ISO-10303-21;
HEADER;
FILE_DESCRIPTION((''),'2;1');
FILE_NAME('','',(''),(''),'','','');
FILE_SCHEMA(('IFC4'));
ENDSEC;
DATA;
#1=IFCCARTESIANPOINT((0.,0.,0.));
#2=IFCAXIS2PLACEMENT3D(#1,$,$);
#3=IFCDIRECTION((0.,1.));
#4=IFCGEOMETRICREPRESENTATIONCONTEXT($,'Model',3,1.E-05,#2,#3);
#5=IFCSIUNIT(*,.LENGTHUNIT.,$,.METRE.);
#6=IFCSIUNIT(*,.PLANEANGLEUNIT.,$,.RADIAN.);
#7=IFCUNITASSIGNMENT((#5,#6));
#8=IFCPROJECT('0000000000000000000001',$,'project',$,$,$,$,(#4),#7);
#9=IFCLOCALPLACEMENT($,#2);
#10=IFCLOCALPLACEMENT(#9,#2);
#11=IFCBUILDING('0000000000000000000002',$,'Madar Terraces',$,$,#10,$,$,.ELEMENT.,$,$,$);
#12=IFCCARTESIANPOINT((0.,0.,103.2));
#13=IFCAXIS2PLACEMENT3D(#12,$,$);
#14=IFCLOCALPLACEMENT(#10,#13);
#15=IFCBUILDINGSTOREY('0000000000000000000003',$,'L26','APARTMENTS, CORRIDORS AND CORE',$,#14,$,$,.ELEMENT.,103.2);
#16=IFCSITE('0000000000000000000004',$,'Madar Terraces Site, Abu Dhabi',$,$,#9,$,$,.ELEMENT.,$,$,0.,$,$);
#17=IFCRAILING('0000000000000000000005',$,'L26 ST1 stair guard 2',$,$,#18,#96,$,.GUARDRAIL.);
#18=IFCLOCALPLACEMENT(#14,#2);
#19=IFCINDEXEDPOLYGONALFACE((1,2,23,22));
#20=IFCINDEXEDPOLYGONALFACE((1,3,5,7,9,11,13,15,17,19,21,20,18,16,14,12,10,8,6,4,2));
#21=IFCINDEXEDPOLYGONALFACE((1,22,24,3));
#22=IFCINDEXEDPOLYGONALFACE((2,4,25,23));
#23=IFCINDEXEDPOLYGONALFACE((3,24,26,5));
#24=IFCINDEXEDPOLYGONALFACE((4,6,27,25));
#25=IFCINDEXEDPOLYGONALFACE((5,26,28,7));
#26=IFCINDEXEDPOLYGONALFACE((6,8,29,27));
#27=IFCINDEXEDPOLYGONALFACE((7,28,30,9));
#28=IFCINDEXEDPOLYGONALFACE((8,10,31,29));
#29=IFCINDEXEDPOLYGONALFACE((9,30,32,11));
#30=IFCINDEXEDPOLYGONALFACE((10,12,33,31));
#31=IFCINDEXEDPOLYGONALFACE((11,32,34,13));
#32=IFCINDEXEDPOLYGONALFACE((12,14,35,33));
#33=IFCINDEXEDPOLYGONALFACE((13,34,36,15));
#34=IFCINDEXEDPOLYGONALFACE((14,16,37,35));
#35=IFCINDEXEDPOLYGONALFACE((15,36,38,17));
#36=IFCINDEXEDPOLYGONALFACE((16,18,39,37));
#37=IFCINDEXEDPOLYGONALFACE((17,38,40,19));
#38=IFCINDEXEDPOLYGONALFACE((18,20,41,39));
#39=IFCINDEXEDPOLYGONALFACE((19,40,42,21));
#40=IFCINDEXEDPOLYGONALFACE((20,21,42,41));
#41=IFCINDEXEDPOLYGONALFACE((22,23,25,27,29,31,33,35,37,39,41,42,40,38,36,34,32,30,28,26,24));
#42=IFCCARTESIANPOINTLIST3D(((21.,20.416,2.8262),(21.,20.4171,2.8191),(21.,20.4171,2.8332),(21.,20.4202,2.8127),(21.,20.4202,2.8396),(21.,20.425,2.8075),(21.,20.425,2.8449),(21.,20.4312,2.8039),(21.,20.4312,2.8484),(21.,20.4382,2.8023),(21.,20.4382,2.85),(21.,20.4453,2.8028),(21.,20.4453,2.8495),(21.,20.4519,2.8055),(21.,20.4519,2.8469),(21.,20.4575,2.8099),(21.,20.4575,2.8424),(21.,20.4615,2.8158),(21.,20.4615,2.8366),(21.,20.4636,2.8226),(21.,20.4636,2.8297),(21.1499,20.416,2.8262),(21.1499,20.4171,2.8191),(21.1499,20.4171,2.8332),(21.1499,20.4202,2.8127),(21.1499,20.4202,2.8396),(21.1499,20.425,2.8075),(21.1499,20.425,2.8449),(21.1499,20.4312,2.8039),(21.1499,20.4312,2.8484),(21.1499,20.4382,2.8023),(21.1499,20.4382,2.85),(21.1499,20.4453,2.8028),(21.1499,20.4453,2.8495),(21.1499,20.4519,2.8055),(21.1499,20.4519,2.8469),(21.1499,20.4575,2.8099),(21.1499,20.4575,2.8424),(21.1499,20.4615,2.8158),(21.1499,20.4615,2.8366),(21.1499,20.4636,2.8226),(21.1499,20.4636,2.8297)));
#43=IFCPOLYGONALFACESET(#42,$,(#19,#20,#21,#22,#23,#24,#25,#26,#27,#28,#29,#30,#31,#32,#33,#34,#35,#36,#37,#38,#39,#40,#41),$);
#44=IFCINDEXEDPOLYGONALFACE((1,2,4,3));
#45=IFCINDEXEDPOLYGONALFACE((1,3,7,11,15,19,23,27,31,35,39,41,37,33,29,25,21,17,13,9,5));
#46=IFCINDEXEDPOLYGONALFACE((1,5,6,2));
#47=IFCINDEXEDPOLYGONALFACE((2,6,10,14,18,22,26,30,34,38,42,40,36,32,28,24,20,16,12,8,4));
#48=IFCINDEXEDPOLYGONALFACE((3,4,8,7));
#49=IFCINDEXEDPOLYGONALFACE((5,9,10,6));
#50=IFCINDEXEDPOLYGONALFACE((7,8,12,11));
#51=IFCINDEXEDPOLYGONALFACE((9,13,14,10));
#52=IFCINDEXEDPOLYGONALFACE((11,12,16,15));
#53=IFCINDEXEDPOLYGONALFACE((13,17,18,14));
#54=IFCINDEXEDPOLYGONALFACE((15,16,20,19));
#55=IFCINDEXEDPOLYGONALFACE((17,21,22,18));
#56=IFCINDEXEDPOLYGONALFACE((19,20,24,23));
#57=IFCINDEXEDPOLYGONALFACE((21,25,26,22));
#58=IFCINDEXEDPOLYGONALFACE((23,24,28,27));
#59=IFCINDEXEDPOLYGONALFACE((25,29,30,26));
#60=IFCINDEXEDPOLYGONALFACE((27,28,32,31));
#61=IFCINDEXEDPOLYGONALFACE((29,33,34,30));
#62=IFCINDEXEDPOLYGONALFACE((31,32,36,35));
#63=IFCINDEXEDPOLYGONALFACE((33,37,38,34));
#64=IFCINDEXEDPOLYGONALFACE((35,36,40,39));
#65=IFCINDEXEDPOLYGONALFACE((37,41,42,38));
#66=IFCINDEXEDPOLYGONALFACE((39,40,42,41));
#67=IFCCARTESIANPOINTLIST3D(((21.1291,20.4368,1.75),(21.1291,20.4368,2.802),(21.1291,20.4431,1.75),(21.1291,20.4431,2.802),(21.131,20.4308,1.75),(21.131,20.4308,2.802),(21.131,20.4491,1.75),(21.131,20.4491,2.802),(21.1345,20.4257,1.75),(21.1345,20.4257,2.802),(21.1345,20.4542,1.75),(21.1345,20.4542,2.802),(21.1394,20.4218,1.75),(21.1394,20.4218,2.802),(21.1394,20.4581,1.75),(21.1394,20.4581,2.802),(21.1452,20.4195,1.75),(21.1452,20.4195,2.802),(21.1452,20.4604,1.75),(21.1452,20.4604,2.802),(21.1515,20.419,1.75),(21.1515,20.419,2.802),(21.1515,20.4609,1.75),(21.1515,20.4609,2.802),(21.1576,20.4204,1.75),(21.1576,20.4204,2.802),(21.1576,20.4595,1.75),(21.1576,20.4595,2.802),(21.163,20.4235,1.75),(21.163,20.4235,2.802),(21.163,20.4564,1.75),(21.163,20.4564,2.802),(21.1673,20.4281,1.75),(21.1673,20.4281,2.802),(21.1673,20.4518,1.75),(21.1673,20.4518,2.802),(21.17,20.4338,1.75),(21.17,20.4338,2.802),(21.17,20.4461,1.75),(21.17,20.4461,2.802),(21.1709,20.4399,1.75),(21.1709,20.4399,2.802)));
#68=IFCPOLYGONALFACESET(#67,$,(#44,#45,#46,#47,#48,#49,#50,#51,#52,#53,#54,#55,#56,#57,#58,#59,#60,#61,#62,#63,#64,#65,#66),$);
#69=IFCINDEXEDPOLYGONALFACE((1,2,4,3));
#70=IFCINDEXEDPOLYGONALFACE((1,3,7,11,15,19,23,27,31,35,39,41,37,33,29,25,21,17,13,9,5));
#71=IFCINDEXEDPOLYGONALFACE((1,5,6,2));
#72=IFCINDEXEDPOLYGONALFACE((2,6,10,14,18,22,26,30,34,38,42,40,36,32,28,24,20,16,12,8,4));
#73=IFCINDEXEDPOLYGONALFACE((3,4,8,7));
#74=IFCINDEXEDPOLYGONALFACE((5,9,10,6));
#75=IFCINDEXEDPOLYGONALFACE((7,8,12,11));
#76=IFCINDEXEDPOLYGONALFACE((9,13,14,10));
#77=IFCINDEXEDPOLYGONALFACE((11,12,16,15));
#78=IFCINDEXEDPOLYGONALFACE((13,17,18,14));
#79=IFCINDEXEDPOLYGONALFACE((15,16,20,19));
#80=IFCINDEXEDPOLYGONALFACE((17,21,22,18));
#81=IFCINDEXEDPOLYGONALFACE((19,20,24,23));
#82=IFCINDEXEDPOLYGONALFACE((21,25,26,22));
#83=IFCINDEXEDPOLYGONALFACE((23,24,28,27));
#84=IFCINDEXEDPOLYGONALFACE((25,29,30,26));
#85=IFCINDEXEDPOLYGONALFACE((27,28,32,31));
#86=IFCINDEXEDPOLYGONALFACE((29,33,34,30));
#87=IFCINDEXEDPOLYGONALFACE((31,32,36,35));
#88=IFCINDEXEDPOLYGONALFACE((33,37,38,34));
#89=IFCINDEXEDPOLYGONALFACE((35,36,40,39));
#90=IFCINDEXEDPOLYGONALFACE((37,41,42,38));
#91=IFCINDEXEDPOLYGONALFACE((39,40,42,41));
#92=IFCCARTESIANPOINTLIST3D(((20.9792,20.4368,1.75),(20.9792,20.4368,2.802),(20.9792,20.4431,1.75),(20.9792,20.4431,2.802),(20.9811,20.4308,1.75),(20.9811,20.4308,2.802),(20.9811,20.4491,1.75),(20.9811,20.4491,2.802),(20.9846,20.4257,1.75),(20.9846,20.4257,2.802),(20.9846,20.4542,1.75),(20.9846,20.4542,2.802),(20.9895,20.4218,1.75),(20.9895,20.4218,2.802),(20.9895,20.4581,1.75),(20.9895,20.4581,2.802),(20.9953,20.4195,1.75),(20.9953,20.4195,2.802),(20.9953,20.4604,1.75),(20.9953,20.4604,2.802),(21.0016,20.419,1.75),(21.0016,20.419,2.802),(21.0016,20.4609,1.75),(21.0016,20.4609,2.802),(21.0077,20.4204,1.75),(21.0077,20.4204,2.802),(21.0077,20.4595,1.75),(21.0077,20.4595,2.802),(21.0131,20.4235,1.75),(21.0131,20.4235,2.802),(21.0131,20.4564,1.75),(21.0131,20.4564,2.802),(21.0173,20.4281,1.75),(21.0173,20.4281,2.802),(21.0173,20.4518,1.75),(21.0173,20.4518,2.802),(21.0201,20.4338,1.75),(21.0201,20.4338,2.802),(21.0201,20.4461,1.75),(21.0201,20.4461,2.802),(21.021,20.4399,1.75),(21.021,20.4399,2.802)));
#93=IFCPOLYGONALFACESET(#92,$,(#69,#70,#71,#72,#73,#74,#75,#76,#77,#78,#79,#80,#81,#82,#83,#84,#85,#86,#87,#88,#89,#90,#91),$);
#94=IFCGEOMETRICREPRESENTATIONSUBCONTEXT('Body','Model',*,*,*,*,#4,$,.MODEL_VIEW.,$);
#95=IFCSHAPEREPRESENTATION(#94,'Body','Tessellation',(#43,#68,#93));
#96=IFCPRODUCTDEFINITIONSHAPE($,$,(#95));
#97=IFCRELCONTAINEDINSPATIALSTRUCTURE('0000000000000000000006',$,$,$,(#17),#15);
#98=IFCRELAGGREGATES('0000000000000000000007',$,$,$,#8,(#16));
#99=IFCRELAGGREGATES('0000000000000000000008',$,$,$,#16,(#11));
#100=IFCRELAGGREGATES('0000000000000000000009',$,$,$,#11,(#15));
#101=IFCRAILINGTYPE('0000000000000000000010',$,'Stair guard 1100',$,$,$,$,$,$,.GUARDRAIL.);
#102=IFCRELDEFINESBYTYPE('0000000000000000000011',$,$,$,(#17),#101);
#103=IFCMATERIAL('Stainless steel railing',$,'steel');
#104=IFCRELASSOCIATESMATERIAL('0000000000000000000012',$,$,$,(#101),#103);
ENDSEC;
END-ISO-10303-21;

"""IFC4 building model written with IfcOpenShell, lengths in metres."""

from ifc_helpers import new_model, si_unit, direction, frame, origin, origin_2d, place, context, subcontext, project, spatial, circle, extrude, material, type_object, element, save


model = new_model("IFC4")

# Units and contexts
model_context = context("Model", 3, precision=1e-05, world=origin(), true_north=direction((0.0, 1.0)))
body_context = subcontext(model_context, "Body", "Model", "MODEL_VIEW")
ifc_project = project(units=[si_unit("LENGTHUNIT", "METRE"), si_unit("PLANEANGLEUNIT", "RADIAN")], contexts=[model_context])

# Site, building, storey
site_placement = place(None, origin())
site = spatial("IfcSite", under=ifc_project, at=site_placement, Name="Madar Terraces Site, Abu Dhabi", CompositionType="ELEMENT", RefElevation=0.0)
building_placement = place(site_placement, origin())
building = spatial("IfcBuilding", under=site, at=building_placement, Name="Madar Terraces", CompositionType="ELEMENT")
storey_placement = place(building_placement, frame((0.0, 0.0, 103.2)))
storey = spatial("IfcBuildingStorey", under=building, at=storey_placement, Name="L26", Description="APARTMENTS, CORRIDORS AND CORE", CompositionType="ELEMENT", Elevation=103.2)

# Railing
ifc_material_1 = material(Name="Stainless steel railing", Category="steel")
railing_type_1 = type_object("IfcRailingType", Name="Stair guard 1100", PredefinedType="GUARDRAIL", material=ifc_material_1)
railing_1_placement = place(storey_placement, frame((21.1499, 20.4399, 1.75)))
element("IfcRailing", 1, at=railing_1_placement, inside=storey, type_object=railing_type_1, Name="L26 ST1 stair guard 2", PredefinedType="GUARDRAIL", context=body_context, shape_type="SweptSolid", body=[
    extrude(circle(Radius=0.0239, at=origin_2d()), frame((0.0, 0.0, 1.0762), z_axis=(-1.0, 0.0, 0.0), x_axis=(0.0, -1.0, 0.0)), (0.0, 0.0, 1.0), 0.1499),
    extrude(circle(Radius=0.021, at=origin_2d()), origin(), (0.0, 0.0, 1.0), 1.052),
    extrude(circle(Radius=0.021, at=origin_2d()), frame((-0.1499, 0.0, 0.0)), (0.0, 0.0, 1.0), 1.052),
])

save(model, "model.ifc")
